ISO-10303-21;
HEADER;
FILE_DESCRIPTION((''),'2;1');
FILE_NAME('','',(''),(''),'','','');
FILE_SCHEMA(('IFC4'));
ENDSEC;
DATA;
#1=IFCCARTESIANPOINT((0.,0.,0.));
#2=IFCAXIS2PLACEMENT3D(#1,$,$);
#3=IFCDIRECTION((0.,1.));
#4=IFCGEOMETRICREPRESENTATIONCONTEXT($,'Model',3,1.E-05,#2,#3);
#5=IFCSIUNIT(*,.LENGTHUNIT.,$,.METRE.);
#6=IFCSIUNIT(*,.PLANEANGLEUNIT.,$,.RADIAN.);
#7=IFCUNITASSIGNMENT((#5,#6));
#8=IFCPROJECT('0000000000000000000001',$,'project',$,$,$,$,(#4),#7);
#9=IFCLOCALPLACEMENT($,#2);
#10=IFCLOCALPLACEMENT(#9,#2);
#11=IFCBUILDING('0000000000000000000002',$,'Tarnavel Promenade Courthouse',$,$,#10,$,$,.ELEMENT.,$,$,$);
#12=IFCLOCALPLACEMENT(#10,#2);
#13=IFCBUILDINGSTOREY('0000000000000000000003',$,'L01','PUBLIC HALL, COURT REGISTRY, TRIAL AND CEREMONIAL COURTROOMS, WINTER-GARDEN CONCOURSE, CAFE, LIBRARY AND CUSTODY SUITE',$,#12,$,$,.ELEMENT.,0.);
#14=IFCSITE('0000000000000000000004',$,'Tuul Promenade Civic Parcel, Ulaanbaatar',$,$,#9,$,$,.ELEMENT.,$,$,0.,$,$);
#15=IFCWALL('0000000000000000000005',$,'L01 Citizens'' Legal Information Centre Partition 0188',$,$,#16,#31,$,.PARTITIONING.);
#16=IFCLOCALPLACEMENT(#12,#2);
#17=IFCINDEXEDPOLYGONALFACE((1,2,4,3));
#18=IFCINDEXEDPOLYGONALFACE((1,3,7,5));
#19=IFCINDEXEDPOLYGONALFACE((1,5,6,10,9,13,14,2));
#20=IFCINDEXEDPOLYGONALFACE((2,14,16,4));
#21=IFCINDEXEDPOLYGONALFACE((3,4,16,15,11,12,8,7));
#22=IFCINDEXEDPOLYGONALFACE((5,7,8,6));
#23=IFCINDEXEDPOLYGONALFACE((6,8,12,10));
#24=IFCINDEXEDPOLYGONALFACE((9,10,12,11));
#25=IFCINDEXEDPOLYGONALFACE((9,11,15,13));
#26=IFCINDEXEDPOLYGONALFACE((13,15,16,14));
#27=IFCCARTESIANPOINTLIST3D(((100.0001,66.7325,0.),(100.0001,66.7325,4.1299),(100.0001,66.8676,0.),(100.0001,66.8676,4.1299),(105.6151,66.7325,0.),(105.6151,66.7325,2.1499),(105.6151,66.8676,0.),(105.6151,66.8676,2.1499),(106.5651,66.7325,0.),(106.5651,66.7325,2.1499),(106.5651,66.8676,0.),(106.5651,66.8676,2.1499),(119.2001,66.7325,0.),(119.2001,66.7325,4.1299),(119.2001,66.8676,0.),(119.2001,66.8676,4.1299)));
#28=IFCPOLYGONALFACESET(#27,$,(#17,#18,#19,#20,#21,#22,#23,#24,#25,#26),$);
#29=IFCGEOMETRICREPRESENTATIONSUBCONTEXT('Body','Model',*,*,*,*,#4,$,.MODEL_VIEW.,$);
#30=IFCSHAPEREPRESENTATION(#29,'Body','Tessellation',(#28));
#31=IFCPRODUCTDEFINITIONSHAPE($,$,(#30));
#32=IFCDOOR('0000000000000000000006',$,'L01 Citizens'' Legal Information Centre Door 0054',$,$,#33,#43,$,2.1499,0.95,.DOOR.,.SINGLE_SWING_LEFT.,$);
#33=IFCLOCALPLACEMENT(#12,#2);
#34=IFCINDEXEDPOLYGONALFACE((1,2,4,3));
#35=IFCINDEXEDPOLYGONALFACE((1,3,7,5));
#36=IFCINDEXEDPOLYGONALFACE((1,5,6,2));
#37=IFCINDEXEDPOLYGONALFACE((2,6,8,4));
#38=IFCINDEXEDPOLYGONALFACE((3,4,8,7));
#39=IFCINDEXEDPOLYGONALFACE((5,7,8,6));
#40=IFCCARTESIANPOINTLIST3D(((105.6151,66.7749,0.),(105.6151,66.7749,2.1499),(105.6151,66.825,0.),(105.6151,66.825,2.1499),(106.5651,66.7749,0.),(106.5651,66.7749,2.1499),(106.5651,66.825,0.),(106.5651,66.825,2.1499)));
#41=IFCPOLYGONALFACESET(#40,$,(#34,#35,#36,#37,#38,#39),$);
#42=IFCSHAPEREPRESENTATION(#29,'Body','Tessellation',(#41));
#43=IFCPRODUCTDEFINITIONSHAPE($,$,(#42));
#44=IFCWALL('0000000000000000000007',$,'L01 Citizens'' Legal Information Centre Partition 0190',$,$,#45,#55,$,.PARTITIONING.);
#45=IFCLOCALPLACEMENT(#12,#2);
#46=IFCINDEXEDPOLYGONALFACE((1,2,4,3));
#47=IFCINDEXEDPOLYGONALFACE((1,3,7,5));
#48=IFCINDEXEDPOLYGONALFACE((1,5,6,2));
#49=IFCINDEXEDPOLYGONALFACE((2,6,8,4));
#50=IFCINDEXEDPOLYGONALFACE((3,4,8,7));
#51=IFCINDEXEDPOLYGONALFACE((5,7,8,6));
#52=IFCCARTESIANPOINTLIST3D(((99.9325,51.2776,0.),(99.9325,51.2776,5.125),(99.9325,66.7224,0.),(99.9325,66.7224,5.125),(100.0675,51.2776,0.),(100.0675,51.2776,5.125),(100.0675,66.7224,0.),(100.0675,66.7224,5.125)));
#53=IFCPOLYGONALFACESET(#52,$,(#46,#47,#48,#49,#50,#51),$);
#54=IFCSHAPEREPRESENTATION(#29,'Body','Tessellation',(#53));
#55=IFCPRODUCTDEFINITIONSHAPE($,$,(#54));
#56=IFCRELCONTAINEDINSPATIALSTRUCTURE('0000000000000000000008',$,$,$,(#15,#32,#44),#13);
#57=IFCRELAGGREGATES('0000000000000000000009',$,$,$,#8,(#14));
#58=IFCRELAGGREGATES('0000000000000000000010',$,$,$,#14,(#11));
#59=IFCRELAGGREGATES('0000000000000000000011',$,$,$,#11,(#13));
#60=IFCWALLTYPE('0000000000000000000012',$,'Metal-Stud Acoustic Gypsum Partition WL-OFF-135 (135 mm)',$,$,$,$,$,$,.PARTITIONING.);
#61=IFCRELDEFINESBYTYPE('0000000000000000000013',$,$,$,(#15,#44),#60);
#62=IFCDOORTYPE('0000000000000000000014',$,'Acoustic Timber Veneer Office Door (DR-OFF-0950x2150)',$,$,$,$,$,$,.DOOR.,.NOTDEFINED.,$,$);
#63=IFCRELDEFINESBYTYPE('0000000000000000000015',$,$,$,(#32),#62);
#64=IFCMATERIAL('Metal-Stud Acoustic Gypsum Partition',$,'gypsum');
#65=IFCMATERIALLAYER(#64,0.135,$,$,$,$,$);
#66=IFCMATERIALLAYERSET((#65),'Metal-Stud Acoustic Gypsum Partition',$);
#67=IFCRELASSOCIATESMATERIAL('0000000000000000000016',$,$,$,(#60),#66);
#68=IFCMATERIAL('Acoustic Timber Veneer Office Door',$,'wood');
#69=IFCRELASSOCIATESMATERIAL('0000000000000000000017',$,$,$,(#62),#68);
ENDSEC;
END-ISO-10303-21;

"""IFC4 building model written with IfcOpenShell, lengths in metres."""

from ifc_helpers import new_model, si_unit, direction, frame, frame_2d, origin, place, context, subcontext, project, spatial, rectangle, extrude, material, layer, layer_set, type_object, element, fill, save


model = new_model("IFC4")

# Units and contexts
model_context = context("Model", 3, precision=1e-05, world=origin(), true_north=direction((0.0, 1.0)))
body_context = subcontext(model_context, "Body", "Model", "MODEL_VIEW")
ifc_project = project(units=[si_unit("LENGTHUNIT", "METRE"), si_unit("PLANEANGLEUNIT", "RADIAN")], contexts=[model_context])

# Site, building, storey
site_placement = place(None, origin())
site = spatial("IfcSite", under=ifc_project, at=site_placement, Name="Tuul Promenade Civic Parcel, Ulaanbaatar", CompositionType="ELEMENT", RefElevation=0.0)
building_placement = place(site_placement, origin())
building = spatial("IfcBuilding", under=site, at=building_placement, Name="Tarnavel Promenade Courthouse", CompositionType="ELEMENT")
storey_placement = place(building_placement, origin())
storey = spatial("IfcBuildingStorey", under=building, at=storey_placement, Name="L01", Description="PUBLIC HALL, COURT REGISTRY, TRIAL AND CEREMONIAL COURTROOMS, WINTER-GARDEN CONCOURSE, CAFE, LIBRARY AND CUSTODY SUITE", CompositionType="ELEMENT", Elevation=0.0)

# Wall, opening, door
ifc_material_1 = material(Name="Metal-Stud Acoustic Gypsum Partition", Category="gypsum")
ifc_layer_1 = layer(ifc_material_1, 0.135)
ifc_layer_set_1 = layer_set([ifc_layer_1], Name="Metal-Stud Acoustic Gypsum Partition")
wall_type = type_object("IfcWallType", Name="Metal-Stud Acoustic Gypsum Partition WL-OFF-135 (135 mm)", PredefinedType="PARTITIONING", material=ifc_layer_set_1)
wall_1_placement = place(storey_placement, frame((100.0, 66.8, 0.0), z_axis=(0.0, 0.0, 1.0), x_axis=(1.0, 0.0, 0.0)))
wall_1 = element("IfcWall", 1, at=wall_1_placement, inside=storey, type_object=wall_type, Name="L01 Citizens' Legal Information Centre Partition 0188", PredefinedType="PARTITIONING", context=body_context, shape_type="SweptSolid", body=[
    extrude(rectangle(XDim=19.2, YDim=0.135, at=frame_2d((9.6001, 0.0))), origin(), (0.0, 0.0, 1.0), 4.1299),
])
opening_placement = place(wall_1_placement, frame((5.615, 0.0, 0.0)))
opening = element("IfcOpeningElement", 2, at=opening_placement, cuts=wall_1, PredefinedType="OPENING", context=body_context, shape_type="SweptSolid", body=[
    extrude(rectangle(XDim=0.95, YDim=2.1499, at=frame_2d((0.4751, 1.075))), frame((0.0, 0.0774, 0.0), z_axis=(0.0, -1.0, 0.0), x_axis=(1.0, 0.0, 0.0)), (0.0, 0.0, 1.0), 0.155),
])
ifc_material_2 = material(Name="Acoustic Timber Veneer Office Door", Category="wood")
door_type = type_object("IfcDoorType", Name="Acoustic Timber Veneer Office Door (DR-OFF-0950x2150)", OperationType="NOTDEFINED", PredefinedType="DOOR", material=ifc_material_2)
door_placement = place(opening_placement, origin())
door = element("IfcDoor", 3, at=door_placement, inside=storey, type_object=door_type, Name="L01 Citizens' Legal Information Centre Door 0054", OperationType="SINGLE_SWING_LEFT", OverallHeight=2.1499, OverallWidth=0.95, PredefinedType="DOOR", context=body_context, shape_type="SweptSolid", body=[
    extrude(rectangle(XDim=0.95, YDim=2.1499, at=frame_2d((0.4751, 1.075))), frame((0.0, 0.0249, 0.0), z_axis=(0.0, -1.0, 0.0), x_axis=(1.0, 0.0, 0.0)), (0.0, 0.0, 1.0), 0.05),
])
fill(opening, door)

# Wall
wall_2_placement = place(storey_placement, frame((100.0, 51.2776, 0.0), z_axis=(0.0, 0.0, 1.0), x_axis=(0.0, 1.0, 0.0)))
element("IfcWall", 4, at=wall_2_placement, inside=storey, type_object=wall_type, Name="L01 Citizens' Legal Information Centre Partition 0190", PredefinedType="PARTITIONING", context=body_context, shape_type="SweptSolid", body=[
    extrude(rectangle(XDim=15.4448, YDim=0.135, at=frame_2d((7.7224, 0.0))), origin(), (0.0, 0.0, 1.0), 5.125),
])

save(model, "model.ifc")
